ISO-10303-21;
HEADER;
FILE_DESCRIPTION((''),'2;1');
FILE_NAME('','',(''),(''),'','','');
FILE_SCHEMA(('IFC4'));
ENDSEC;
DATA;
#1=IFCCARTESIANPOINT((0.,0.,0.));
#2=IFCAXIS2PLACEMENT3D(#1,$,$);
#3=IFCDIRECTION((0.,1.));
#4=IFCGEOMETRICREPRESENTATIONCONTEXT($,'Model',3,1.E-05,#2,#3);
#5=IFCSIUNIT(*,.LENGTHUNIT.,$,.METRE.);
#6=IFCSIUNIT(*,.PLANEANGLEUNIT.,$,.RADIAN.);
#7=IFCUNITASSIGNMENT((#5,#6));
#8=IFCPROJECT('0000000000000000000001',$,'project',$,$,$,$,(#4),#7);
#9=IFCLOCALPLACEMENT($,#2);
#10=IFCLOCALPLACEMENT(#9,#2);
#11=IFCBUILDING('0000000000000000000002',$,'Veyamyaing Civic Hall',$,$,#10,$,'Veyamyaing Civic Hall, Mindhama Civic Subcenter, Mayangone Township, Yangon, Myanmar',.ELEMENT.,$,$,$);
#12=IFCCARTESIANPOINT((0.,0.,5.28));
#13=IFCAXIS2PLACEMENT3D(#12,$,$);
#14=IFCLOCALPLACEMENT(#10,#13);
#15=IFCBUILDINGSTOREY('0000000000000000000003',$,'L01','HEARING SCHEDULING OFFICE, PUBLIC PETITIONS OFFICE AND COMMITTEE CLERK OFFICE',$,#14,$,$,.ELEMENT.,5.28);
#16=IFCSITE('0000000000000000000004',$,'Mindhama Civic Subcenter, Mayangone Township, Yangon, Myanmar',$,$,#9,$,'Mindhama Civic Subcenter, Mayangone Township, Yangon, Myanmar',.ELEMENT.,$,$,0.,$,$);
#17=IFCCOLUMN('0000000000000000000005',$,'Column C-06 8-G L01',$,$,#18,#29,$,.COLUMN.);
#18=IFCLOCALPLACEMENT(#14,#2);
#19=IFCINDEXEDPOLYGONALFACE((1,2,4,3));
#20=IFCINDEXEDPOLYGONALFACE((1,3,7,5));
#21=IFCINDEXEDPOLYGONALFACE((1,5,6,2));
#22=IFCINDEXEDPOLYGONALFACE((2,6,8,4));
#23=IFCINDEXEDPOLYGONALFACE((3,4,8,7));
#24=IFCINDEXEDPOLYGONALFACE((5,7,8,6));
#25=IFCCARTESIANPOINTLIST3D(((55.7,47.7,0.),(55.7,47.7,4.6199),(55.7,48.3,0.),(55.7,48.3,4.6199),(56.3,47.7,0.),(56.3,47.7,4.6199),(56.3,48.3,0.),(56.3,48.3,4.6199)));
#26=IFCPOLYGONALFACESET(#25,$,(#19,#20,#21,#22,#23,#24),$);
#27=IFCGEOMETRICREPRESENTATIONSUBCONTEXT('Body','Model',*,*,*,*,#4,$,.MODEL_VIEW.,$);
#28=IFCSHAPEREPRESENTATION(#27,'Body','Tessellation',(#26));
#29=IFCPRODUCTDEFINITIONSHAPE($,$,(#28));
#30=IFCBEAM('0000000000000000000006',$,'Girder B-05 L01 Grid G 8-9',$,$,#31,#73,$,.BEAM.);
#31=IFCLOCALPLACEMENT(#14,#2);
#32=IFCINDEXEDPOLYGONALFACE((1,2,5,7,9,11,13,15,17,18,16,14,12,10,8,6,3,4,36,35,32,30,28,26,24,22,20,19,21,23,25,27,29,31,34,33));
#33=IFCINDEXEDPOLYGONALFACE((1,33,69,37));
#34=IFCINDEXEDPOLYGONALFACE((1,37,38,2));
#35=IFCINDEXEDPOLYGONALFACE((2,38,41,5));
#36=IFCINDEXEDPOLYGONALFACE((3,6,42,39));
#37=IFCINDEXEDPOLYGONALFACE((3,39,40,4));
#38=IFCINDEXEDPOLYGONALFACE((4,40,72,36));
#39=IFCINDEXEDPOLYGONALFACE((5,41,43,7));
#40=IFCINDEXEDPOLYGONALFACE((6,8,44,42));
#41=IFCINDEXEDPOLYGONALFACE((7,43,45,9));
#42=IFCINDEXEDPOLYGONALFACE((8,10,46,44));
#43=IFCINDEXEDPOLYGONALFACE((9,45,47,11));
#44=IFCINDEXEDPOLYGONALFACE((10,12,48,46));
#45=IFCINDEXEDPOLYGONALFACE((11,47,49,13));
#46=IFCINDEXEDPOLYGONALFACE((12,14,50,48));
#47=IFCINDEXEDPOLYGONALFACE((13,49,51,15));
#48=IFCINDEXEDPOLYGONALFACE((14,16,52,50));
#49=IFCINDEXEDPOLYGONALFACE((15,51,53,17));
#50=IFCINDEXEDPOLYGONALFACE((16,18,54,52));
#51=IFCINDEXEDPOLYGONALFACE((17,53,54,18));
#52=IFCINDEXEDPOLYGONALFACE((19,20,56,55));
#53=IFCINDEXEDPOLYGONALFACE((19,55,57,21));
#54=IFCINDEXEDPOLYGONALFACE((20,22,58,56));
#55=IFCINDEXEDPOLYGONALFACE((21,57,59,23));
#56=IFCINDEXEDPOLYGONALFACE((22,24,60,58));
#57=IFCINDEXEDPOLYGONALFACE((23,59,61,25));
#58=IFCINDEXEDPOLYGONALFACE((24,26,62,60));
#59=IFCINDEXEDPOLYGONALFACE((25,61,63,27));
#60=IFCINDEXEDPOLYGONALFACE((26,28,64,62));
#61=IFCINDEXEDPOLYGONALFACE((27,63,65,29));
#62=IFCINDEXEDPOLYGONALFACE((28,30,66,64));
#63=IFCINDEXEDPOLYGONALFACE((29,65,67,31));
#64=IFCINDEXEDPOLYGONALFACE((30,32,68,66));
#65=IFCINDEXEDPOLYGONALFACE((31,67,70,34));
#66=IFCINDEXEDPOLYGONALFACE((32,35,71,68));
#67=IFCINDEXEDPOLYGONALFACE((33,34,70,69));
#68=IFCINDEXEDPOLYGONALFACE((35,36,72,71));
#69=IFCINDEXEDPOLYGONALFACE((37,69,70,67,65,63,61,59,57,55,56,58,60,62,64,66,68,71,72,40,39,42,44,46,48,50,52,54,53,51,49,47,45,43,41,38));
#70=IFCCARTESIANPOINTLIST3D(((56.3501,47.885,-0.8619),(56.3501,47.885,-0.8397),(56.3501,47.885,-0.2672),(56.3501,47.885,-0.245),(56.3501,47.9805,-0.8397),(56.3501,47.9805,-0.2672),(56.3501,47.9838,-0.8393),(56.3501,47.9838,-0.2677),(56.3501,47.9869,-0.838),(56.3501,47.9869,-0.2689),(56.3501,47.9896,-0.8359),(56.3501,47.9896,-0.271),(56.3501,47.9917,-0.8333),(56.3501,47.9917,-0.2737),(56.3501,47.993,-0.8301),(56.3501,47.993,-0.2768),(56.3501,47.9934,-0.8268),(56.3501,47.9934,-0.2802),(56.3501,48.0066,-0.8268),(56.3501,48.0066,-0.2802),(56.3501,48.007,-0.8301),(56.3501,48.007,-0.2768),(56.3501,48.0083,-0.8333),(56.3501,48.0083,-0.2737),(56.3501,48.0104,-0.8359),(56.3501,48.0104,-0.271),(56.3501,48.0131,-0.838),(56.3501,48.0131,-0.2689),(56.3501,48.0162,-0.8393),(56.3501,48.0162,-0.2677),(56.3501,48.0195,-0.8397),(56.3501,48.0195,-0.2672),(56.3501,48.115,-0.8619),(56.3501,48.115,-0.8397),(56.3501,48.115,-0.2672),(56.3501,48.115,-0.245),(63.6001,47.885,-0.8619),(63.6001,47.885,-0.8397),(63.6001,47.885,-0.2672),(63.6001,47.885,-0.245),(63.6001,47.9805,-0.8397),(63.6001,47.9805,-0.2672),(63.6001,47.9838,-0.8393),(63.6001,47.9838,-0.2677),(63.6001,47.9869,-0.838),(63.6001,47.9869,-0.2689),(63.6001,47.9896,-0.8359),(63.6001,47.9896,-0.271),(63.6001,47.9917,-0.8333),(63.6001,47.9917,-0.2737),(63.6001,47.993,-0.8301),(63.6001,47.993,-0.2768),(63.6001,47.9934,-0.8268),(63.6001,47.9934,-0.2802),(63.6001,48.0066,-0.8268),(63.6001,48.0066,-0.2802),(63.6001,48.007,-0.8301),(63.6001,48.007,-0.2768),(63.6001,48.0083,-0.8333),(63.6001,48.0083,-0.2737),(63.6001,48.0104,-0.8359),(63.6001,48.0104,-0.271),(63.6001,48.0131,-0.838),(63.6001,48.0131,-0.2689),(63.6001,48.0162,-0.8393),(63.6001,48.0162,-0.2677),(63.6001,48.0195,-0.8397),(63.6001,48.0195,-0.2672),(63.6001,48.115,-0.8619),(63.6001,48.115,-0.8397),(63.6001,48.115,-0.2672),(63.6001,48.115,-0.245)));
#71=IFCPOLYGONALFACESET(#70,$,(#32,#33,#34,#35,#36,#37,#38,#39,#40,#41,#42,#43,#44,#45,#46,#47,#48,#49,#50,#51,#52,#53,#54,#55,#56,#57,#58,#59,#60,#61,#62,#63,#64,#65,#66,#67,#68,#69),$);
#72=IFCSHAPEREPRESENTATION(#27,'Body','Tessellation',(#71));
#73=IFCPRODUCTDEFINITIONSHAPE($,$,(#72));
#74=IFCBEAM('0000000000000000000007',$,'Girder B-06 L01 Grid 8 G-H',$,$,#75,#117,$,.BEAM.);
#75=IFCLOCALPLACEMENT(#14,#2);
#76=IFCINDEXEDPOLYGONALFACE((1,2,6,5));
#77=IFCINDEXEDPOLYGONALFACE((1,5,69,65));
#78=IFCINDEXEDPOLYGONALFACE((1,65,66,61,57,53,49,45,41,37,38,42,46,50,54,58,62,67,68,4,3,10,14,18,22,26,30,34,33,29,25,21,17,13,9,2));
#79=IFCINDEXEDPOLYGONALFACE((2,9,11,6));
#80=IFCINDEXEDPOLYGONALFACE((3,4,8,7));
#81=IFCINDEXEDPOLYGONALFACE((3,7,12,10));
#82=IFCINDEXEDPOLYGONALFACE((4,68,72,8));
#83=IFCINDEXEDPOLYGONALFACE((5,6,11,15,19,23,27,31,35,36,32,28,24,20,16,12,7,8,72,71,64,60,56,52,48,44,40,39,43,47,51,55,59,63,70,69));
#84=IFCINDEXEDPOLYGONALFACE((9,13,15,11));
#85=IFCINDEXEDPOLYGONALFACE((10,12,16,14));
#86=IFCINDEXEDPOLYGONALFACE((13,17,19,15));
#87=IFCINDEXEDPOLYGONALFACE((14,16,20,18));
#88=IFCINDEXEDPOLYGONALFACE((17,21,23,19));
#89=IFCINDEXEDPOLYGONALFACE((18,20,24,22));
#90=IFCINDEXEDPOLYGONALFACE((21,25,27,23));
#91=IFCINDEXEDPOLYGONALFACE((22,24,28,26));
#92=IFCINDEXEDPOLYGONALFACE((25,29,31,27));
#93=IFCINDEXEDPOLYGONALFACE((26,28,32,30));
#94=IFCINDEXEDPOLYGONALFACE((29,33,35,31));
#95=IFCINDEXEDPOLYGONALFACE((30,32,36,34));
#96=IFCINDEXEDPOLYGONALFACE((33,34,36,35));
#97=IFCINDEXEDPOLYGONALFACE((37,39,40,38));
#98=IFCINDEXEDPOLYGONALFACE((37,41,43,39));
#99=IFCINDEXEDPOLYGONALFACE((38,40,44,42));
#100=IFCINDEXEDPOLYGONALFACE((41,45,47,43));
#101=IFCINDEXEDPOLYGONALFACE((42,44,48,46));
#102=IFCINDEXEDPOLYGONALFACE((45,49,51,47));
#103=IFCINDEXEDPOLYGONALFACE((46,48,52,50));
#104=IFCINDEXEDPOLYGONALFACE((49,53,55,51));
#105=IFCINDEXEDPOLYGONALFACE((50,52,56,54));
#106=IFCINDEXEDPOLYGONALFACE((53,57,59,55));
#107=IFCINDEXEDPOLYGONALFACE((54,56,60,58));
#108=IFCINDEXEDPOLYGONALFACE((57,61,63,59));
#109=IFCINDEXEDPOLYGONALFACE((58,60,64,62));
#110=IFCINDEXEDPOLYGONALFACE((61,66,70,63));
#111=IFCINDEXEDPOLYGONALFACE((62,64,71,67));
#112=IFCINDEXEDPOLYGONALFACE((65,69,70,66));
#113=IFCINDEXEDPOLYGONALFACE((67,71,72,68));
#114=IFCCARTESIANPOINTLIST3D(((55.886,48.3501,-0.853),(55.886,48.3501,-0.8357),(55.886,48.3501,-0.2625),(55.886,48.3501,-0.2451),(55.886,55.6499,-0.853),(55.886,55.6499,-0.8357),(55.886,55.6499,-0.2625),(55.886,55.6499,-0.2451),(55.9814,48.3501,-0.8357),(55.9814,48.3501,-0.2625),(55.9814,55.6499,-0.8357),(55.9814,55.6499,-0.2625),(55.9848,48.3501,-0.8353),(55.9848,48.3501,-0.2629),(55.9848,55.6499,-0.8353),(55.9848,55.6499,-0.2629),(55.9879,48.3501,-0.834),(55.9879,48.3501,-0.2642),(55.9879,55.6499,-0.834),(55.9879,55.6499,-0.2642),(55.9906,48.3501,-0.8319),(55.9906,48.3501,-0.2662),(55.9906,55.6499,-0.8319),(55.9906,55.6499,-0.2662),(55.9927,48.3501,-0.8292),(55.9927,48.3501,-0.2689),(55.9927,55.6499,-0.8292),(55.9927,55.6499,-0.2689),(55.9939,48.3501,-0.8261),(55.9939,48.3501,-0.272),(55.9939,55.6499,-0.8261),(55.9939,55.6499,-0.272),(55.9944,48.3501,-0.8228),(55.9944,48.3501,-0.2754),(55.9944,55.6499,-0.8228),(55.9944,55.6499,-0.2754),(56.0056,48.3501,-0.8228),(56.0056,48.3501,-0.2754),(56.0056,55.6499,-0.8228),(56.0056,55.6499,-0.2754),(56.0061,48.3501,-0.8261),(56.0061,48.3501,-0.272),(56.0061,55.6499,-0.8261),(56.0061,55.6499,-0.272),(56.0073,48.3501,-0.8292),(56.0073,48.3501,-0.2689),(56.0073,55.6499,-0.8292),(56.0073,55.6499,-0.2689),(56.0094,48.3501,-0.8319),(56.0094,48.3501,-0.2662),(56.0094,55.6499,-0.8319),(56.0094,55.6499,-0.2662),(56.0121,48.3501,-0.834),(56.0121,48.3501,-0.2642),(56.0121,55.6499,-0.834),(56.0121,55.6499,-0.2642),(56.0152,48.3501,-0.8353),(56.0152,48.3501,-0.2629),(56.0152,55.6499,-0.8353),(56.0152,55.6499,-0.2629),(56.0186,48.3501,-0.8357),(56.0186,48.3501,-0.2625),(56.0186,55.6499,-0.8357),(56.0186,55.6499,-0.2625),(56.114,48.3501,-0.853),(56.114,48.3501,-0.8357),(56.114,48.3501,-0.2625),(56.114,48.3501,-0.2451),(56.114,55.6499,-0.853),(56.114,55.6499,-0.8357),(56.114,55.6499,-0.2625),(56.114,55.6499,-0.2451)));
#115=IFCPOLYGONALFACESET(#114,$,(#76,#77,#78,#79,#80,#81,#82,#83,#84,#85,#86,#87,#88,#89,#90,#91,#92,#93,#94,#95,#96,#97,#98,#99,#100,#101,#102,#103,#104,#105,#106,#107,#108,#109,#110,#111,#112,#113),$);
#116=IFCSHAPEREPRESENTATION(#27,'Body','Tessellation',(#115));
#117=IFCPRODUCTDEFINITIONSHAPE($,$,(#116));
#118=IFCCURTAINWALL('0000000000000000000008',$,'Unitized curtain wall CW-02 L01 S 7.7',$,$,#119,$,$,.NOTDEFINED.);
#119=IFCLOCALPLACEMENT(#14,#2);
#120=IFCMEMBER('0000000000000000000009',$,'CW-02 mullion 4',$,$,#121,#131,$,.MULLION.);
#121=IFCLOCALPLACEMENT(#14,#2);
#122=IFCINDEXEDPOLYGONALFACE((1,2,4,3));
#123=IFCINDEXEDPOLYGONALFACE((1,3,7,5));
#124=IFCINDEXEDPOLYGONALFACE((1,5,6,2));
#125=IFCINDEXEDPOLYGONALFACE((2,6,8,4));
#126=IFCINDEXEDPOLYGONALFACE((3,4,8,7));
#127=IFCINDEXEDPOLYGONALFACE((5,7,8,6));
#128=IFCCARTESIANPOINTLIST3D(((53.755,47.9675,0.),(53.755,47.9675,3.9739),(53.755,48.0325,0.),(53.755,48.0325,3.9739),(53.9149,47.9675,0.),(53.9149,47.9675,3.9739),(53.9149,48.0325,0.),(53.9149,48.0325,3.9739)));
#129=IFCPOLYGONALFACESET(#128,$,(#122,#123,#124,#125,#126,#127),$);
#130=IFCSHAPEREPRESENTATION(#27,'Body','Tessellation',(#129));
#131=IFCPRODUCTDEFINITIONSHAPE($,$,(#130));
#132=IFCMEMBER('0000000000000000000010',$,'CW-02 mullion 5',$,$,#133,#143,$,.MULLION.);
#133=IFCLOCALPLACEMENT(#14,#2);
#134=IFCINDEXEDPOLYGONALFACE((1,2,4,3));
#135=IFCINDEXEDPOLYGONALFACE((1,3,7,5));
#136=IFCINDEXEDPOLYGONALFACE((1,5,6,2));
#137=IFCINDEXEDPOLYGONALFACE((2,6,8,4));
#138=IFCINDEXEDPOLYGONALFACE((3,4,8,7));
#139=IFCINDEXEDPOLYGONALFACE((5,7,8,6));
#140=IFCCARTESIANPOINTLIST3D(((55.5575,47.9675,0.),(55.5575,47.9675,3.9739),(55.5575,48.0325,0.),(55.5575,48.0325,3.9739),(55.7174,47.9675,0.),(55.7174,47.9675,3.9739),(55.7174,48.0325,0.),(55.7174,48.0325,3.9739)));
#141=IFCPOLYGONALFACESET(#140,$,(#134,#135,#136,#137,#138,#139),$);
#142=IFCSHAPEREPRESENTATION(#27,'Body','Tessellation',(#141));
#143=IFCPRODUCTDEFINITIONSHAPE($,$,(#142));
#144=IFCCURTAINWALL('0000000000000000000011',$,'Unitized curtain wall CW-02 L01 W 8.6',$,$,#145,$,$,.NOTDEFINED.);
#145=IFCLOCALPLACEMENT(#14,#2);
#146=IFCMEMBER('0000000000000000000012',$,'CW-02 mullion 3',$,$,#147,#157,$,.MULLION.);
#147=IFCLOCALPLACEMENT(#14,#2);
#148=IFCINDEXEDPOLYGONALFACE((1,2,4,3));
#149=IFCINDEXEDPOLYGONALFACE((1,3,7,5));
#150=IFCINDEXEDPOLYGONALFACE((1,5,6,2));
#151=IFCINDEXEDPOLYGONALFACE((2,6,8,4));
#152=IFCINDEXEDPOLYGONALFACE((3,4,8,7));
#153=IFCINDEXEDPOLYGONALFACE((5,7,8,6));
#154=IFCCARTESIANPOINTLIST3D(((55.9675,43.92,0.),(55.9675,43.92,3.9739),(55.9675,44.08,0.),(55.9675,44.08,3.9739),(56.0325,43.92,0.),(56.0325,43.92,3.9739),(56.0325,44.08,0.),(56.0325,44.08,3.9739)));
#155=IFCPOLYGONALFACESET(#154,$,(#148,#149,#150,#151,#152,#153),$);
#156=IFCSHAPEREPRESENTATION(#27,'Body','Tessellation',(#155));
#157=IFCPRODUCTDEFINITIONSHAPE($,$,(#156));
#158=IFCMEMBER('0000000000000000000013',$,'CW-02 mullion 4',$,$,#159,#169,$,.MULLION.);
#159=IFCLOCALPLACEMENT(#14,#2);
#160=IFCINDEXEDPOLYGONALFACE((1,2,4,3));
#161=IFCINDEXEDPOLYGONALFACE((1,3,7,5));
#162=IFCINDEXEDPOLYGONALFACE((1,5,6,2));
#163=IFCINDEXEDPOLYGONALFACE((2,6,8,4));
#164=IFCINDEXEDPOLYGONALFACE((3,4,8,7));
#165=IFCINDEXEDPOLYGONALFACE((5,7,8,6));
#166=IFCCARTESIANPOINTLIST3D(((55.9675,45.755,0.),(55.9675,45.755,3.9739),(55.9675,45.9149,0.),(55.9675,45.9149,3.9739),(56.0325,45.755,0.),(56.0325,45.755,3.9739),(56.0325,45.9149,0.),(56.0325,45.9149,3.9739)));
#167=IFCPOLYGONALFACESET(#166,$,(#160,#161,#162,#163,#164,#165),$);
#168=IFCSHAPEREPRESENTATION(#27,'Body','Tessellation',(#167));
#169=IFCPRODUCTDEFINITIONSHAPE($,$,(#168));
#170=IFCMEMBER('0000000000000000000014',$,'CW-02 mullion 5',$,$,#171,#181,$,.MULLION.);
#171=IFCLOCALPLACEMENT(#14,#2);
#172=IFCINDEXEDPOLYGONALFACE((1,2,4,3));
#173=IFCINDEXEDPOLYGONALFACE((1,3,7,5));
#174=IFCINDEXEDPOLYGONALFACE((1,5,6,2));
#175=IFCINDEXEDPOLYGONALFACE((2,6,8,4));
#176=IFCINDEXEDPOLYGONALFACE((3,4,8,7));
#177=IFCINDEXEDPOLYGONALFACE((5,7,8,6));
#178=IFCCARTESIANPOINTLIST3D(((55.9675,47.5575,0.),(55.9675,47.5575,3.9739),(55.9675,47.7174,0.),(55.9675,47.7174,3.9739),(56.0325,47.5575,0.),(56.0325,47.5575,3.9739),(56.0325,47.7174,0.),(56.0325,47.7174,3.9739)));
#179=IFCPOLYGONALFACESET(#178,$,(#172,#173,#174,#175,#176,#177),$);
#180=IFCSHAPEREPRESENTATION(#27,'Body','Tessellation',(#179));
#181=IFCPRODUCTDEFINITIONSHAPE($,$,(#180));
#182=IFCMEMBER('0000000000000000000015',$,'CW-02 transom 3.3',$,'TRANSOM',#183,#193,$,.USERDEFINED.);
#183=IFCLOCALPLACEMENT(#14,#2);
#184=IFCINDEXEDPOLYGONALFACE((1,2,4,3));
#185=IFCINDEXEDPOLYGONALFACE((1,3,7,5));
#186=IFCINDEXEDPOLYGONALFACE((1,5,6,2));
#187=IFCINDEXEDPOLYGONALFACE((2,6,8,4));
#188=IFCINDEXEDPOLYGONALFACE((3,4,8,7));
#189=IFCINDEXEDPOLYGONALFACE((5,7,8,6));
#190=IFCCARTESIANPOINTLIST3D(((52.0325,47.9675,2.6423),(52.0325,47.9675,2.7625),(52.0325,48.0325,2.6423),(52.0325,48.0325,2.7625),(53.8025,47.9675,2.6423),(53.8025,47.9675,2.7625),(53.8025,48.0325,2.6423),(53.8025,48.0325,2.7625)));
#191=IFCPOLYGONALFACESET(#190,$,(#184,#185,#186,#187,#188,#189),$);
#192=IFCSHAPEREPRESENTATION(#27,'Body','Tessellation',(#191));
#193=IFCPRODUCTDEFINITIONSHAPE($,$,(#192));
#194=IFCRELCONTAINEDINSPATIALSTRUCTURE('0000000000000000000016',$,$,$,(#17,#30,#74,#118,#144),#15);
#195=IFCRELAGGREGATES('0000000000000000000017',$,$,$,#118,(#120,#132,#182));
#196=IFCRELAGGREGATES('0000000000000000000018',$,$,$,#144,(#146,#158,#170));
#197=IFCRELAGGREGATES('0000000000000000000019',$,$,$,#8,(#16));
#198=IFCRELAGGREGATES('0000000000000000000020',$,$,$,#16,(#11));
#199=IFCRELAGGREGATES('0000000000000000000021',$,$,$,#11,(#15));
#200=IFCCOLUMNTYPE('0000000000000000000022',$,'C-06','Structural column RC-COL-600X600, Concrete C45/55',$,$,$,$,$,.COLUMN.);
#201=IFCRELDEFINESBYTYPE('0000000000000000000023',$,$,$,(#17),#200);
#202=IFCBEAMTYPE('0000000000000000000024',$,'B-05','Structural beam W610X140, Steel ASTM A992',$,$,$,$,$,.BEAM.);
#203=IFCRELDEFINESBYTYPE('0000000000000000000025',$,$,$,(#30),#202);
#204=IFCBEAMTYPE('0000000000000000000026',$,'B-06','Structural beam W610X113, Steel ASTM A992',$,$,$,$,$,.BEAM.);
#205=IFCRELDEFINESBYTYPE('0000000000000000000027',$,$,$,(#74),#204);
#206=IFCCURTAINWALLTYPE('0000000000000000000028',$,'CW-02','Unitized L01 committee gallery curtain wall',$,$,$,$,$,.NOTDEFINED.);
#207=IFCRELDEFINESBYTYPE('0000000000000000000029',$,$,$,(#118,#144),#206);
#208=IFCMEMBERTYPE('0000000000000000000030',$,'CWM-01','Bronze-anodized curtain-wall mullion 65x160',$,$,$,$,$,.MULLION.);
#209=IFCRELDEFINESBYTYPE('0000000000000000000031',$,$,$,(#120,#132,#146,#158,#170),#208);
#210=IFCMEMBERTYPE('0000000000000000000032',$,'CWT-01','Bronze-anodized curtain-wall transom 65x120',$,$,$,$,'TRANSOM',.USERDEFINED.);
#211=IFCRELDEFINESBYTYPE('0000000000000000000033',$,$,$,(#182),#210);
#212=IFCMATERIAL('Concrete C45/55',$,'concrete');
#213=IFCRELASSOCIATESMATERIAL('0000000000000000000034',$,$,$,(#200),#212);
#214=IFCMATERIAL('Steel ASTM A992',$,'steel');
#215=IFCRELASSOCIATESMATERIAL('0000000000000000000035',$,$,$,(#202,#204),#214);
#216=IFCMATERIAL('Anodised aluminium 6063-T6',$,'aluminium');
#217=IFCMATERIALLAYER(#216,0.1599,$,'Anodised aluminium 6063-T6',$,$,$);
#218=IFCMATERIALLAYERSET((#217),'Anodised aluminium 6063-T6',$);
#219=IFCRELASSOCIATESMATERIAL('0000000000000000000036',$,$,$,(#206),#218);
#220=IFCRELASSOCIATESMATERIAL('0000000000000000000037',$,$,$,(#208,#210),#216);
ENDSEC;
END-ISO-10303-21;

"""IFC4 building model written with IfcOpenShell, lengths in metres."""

from ifc_helpers import new_model, si_unit, direction, frame, origin, origin_2d, place, context, subcontext, project, spatial, rectangle, i_section, extrude, material, layer, layer_set, material_profile, profile_set, type_object, element, aggregate, save


model = new_model("IFC4")

# Units and contexts
model_context = context("Model", 3, precision=1e-05, world=origin(), true_north=direction((0.0, 1.0)))
body_context = subcontext(model_context, "Body", "Model", "MODEL_VIEW")
ifc_project = project(units=[si_unit("LENGTHUNIT", "METRE"), si_unit("PLANEANGLEUNIT", "RADIAN")], contexts=[model_context])

# Site, building, storey
site_placement = place(None, origin())
site = spatial("IfcSite", under=ifc_project, at=site_placement, Name="Mindhama Civic Subcenter, Mayangone Township, Yangon, Myanmar", LongName="Mindhama Civic Subcenter, Mayangone Township, Yangon, Myanmar", CompositionType="ELEMENT", RefElevation=0.0)
building_placement = place(site_placement, origin())
building = spatial("IfcBuilding", under=site, at=building_placement, Name="Veyamyaing Civic Hall", LongName="Veyamyaing Civic Hall, Mindhama Civic Subcenter, Mayangone Township, Yangon, Myanmar", CompositionType="ELEMENT")
storey_placement = place(building_placement, frame((0.0, 0.0, 5.28)))
storey = spatial("IfcBuildingStorey", under=building, at=storey_placement, Name="L01", Description="HEARING SCHEDULING OFFICE, PUBLIC PETITIONS OFFICE AND COMMITTEE CLERK OFFICE", CompositionType="ELEMENT", Elevation=5.28)

# Column
ifc_material_1 = material(Name="Concrete C45/55", Category="concrete")
ifc_material_profile_1 = material_profile(ifc_material_1, rectangle(XDim=0.6001, YDim=0.6001, at=origin_2d()), Name="RC-COL-600X600")
ifc_profile_set_1 = profile_set([ifc_material_profile_1], Name="Concrete C45/55")
column_type = type_object("IfcColumnType", Name="C-06", Description="Structural column RC-COL-600X600, Concrete C45/55", PredefinedType="COLUMN", material=ifc_profile_set_1)
column_placement = place(storey_placement, frame((56.0, 48.0, 0.0), z_axis=(0.0, 0.0, 1.0), x_axis=(1.0, 0.0, 0.0)))
element("IfcColumn", 1, at=column_placement, inside=storey, type_object=column_type, Name="Column C-06 8-G L01", PredefinedType="COLUMN", context=body_context, shape_type="SweptSolid", body=[
    extrude(rectangle(XDim=0.6001, YDim=0.6001, at=origin_2d()), origin(), (0.0, 0.0, 1.0), 4.6199),
])

# Beams
ifc_material_2 = material(Name="Steel ASTM A992", Category="steel")
ifc_material_profile_2 = material_profile(ifc_material_2, i_section(OverallWidth=0.23, OverallDepth=0.6169, WebThickness=0.0132, FlangeThickness=0.0222, FilletRadius=0.0129, at=origin_2d()), Name="W610X140")
ifc_profile_set_2 = profile_set([ifc_material_profile_2], Name="Steel ASTM A992")
beam_type_1 = type_object("IfcBeamType", Name="B-05", Description="Structural beam W610X140, Steel ASTM A992", PredefinedType="BEAM", material=ifc_profile_set_2)
beam_1_placement = place(storey_placement, frame((56.3501, 48.0, -0.5535), z_axis=(1.0, 0.0, 0.0), x_axis=(0.0, 1.0, 0.0)))
element("IfcBeam", 2, at=beam_1_placement, inside=storey, type_object=beam_type_1, Name="Girder B-05 L01 Grid G 8-9", PredefinedType="BEAM", context=body_context, shape_type="SweptSolid", body=[
    extrude(i_section(OverallWidth=0.23, OverallDepth=0.6169, WebThickness=0.0132, FlangeThickness=0.0222, FilletRadius=0.0129, at=origin_2d()), origin(), (0.0, 0.0, 1.0), 7.25),
])
ifc_material_profile_3 = material_profile(ifc_material_2, i_section(OverallWidth=0.228, OverallDepth=0.6079, WebThickness=0.0112, FlangeThickness=0.0173, FilletRadius=0.0129, at=origin_2d()), Name="W610X113")
ifc_profile_set_3 = profile_set([ifc_material_profile_3], Name="Steel ASTM A992")
beam_type_2 = type_object("IfcBeamType", Name="B-06", Description="Structural beam W610X113, Steel ASTM A992", PredefinedType="BEAM", material=ifc_profile_set_3)
beam_2_placement = place(storey_placement, frame((56.0, 48.3501, -0.5491), z_axis=(0.0, 1.0, 0.0), x_axis=(-1.0, 0.0, 0.0)))
element("IfcBeam", 3, at=beam_2_placement, inside=storey, type_object=beam_type_2, Name="Girder B-06 L01 Grid 8 G-H", PredefinedType="BEAM", context=body_context, shape_type="SweptSolid", body=[
    extrude(i_section(OverallWidth=0.228, OverallDepth=0.6079, WebThickness=0.0112, FlangeThickness=0.0173, FilletRadius=0.0129, at=origin_2d()), origin(), (0.0, 0.0, 1.0), 7.2998),
])

# Curtain walls, members
ifc_material_3 = material(Name="Anodised aluminium 6063-T6", Category="aluminium")
ifc_layer_1 = layer(ifc_material_3, 0.1599, Name="Anodised aluminium 6063-T6")
ifc_layer_set_1 = layer_set([ifc_layer_1], Name="Anodised aluminium 6063-T6")
curtain_wall_type = type_object("IfcCurtainWallType", Name="CW-02", Description="Unitized L01 committee gallery curtain wall", PredefinedType="NOTDEFINED", material=ifc_layer_set_1)
curtain_wall_1_placement = place(storey_placement, origin())
curtain_wall_1 = element("IfcCurtainWall", 4, at=curtain_wall_1_placement, inside=storey, type_object=curtain_wall_type, Name="Unitized curtain wall CW-02 L01 S 7.7", PredefinedType="NOTDEFINED")
ifc_material_profile_4 = material_profile(ifc_material_3, rectangle(XDim=0.0649, YDim=0.1599, at=origin_2d()), Name="ALU-MUL-65X160")
ifc_profile_set_4 = profile_set([ifc_material_profile_4], Name="Anodised aluminium 6063-T6")
member_type_1 = type_object("IfcMemberType", Name="CWM-01", Description="Bronze-anodized curtain-wall mullion 65x160", PredefinedType="MULLION", material=ifc_profile_set_4)
member_1_placement = place(storey_placement, frame((53.835, 48.0, 0.0), z_axis=(0.0, 0.0, 1.0), x_axis=(0.0, 1.0, 0.0)))
member_1 = element("IfcMember", 5, at=member_1_placement, type_object=member_type_1, Name="CW-02 mullion 4", PredefinedType="MULLION", context=body_context, shape_type="SweptSolid", body=[
    extrude(rectangle(XDim=0.0649, YDim=0.1599, at=origin_2d()), origin(), (0.0, 0.0, 1.0), 3.9739),
])
member_2_placement = place(storey_placement, frame((55.6375, 48.0, 0.0), z_axis=(0.0, 0.0, 1.0), x_axis=(0.0, 1.0, 0.0)))
member_2 = element("IfcMember", 6, at=member_2_placement, type_object=member_type_1, Name="CW-02 mullion 5", PredefinedType="MULLION", context=body_context, shape_type="SweptSolid", body=[
    extrude(rectangle(XDim=0.0649, YDim=0.1599, at=origin_2d()), origin(), (0.0, 0.0, 1.0), 3.9739),
])
curtain_wall_2_placement = place(storey_placement, origin())
curtain_wall_2 = element("IfcCurtainWall", 7, at=curtain_wall_2_placement, inside=storey, type_object=curtain_wall_type, Name="Unitized curtain wall CW-02 L01 W 8.6", PredefinedType="NOTDEFINED")
member_3_placement = place(storey_placement, frame((56.0, 44.0, 0.0), z_axis=(0.0, 0.0, 1.0), x_axis=(-1.0, 0.0, 0.0)))
member_3 = element("IfcMember", 8, at=member_3_placement, type_object=member_type_1, Name="CW-02 mullion 3", PredefinedType="MULLION", context=body_context, shape_type="SweptSolid", body=[
    extrude(rectangle(XDim=0.0649, YDim=0.1599, at=origin_2d()), origin(), (0.0, 0.0, 1.0), 3.9739),
])
member_4_placement = place(storey_placement, frame((56.0, 45.835, 0.0), z_axis=(0.0, 0.0, 1.0), x_axis=(-1.0, 0.0, 0.0)))
member_4 = element("IfcMember", 9, at=member_4_placement, type_object=member_type_1, Name="CW-02 mullion 4", PredefinedType="MULLION", context=body_context, shape_type="SweptSolid", body=[
    extrude(rectangle(XDim=0.0649, YDim=0.1599, at=origin_2d()), origin(), (0.0, 0.0, 1.0), 3.9739),
])
member_5_placement = place(storey_placement, frame((56.0, 47.6375, 0.0), z_axis=(0.0, 0.0, 1.0), x_axis=(-1.0, 0.0, 0.0)))
member_5 = element("IfcMember", 10, at=member_5_placement, type_object=member_type_1, Name="CW-02 mullion 5", PredefinedType="MULLION", context=body_context, shape_type="SweptSolid", body=[
    extrude(rectangle(XDim=0.0649, YDim=0.1599, at=origin_2d()), origin(), (0.0, 0.0, 1.0), 3.9739),
])

# Member
ifc_material_profile_5 = material_profile(ifc_material_3, rectangle(XDim=0.0649, YDim=0.1201, at=origin_2d()), Name="ALU-TRN-65X120")
ifc_profile_set_5 = profile_set([ifc_material_profile_5], Name="Anodised aluminium 6063-T6")
member_type_2 = type_object("IfcMemberType", Name="CWT-01", Description="Bronze-anodized curtain-wall transom 65x120", ElementType="TRANSOM", PredefinedType="USERDEFINED", material=ifc_profile_set_5)
member_6_placement = place(storey_placement, frame((52.0325, 48.0, 2.7024), z_axis=(1.0, 0.0, 0.0), x_axis=(0.0, 1.0, 0.0)))
member_6 = element("IfcMember", 11, at=member_6_placement, type_object=member_type_2, Name="CW-02 transom 3.3", ObjectType="TRANSOM", PredefinedType="USERDEFINED", context=body_context, shape_type="SweptSolid", body=[
    extrude(rectangle(XDim=0.0649, YDim=0.1201, at=origin_2d()), origin(), (0.0, 0.0, 1.0), 1.77),
])

aggregate(curtain_wall_1, [member_1, member_2, member_6])
aggregate(curtain_wall_2, [member_3, member_4, member_5])

save(model, "model.ifc")
